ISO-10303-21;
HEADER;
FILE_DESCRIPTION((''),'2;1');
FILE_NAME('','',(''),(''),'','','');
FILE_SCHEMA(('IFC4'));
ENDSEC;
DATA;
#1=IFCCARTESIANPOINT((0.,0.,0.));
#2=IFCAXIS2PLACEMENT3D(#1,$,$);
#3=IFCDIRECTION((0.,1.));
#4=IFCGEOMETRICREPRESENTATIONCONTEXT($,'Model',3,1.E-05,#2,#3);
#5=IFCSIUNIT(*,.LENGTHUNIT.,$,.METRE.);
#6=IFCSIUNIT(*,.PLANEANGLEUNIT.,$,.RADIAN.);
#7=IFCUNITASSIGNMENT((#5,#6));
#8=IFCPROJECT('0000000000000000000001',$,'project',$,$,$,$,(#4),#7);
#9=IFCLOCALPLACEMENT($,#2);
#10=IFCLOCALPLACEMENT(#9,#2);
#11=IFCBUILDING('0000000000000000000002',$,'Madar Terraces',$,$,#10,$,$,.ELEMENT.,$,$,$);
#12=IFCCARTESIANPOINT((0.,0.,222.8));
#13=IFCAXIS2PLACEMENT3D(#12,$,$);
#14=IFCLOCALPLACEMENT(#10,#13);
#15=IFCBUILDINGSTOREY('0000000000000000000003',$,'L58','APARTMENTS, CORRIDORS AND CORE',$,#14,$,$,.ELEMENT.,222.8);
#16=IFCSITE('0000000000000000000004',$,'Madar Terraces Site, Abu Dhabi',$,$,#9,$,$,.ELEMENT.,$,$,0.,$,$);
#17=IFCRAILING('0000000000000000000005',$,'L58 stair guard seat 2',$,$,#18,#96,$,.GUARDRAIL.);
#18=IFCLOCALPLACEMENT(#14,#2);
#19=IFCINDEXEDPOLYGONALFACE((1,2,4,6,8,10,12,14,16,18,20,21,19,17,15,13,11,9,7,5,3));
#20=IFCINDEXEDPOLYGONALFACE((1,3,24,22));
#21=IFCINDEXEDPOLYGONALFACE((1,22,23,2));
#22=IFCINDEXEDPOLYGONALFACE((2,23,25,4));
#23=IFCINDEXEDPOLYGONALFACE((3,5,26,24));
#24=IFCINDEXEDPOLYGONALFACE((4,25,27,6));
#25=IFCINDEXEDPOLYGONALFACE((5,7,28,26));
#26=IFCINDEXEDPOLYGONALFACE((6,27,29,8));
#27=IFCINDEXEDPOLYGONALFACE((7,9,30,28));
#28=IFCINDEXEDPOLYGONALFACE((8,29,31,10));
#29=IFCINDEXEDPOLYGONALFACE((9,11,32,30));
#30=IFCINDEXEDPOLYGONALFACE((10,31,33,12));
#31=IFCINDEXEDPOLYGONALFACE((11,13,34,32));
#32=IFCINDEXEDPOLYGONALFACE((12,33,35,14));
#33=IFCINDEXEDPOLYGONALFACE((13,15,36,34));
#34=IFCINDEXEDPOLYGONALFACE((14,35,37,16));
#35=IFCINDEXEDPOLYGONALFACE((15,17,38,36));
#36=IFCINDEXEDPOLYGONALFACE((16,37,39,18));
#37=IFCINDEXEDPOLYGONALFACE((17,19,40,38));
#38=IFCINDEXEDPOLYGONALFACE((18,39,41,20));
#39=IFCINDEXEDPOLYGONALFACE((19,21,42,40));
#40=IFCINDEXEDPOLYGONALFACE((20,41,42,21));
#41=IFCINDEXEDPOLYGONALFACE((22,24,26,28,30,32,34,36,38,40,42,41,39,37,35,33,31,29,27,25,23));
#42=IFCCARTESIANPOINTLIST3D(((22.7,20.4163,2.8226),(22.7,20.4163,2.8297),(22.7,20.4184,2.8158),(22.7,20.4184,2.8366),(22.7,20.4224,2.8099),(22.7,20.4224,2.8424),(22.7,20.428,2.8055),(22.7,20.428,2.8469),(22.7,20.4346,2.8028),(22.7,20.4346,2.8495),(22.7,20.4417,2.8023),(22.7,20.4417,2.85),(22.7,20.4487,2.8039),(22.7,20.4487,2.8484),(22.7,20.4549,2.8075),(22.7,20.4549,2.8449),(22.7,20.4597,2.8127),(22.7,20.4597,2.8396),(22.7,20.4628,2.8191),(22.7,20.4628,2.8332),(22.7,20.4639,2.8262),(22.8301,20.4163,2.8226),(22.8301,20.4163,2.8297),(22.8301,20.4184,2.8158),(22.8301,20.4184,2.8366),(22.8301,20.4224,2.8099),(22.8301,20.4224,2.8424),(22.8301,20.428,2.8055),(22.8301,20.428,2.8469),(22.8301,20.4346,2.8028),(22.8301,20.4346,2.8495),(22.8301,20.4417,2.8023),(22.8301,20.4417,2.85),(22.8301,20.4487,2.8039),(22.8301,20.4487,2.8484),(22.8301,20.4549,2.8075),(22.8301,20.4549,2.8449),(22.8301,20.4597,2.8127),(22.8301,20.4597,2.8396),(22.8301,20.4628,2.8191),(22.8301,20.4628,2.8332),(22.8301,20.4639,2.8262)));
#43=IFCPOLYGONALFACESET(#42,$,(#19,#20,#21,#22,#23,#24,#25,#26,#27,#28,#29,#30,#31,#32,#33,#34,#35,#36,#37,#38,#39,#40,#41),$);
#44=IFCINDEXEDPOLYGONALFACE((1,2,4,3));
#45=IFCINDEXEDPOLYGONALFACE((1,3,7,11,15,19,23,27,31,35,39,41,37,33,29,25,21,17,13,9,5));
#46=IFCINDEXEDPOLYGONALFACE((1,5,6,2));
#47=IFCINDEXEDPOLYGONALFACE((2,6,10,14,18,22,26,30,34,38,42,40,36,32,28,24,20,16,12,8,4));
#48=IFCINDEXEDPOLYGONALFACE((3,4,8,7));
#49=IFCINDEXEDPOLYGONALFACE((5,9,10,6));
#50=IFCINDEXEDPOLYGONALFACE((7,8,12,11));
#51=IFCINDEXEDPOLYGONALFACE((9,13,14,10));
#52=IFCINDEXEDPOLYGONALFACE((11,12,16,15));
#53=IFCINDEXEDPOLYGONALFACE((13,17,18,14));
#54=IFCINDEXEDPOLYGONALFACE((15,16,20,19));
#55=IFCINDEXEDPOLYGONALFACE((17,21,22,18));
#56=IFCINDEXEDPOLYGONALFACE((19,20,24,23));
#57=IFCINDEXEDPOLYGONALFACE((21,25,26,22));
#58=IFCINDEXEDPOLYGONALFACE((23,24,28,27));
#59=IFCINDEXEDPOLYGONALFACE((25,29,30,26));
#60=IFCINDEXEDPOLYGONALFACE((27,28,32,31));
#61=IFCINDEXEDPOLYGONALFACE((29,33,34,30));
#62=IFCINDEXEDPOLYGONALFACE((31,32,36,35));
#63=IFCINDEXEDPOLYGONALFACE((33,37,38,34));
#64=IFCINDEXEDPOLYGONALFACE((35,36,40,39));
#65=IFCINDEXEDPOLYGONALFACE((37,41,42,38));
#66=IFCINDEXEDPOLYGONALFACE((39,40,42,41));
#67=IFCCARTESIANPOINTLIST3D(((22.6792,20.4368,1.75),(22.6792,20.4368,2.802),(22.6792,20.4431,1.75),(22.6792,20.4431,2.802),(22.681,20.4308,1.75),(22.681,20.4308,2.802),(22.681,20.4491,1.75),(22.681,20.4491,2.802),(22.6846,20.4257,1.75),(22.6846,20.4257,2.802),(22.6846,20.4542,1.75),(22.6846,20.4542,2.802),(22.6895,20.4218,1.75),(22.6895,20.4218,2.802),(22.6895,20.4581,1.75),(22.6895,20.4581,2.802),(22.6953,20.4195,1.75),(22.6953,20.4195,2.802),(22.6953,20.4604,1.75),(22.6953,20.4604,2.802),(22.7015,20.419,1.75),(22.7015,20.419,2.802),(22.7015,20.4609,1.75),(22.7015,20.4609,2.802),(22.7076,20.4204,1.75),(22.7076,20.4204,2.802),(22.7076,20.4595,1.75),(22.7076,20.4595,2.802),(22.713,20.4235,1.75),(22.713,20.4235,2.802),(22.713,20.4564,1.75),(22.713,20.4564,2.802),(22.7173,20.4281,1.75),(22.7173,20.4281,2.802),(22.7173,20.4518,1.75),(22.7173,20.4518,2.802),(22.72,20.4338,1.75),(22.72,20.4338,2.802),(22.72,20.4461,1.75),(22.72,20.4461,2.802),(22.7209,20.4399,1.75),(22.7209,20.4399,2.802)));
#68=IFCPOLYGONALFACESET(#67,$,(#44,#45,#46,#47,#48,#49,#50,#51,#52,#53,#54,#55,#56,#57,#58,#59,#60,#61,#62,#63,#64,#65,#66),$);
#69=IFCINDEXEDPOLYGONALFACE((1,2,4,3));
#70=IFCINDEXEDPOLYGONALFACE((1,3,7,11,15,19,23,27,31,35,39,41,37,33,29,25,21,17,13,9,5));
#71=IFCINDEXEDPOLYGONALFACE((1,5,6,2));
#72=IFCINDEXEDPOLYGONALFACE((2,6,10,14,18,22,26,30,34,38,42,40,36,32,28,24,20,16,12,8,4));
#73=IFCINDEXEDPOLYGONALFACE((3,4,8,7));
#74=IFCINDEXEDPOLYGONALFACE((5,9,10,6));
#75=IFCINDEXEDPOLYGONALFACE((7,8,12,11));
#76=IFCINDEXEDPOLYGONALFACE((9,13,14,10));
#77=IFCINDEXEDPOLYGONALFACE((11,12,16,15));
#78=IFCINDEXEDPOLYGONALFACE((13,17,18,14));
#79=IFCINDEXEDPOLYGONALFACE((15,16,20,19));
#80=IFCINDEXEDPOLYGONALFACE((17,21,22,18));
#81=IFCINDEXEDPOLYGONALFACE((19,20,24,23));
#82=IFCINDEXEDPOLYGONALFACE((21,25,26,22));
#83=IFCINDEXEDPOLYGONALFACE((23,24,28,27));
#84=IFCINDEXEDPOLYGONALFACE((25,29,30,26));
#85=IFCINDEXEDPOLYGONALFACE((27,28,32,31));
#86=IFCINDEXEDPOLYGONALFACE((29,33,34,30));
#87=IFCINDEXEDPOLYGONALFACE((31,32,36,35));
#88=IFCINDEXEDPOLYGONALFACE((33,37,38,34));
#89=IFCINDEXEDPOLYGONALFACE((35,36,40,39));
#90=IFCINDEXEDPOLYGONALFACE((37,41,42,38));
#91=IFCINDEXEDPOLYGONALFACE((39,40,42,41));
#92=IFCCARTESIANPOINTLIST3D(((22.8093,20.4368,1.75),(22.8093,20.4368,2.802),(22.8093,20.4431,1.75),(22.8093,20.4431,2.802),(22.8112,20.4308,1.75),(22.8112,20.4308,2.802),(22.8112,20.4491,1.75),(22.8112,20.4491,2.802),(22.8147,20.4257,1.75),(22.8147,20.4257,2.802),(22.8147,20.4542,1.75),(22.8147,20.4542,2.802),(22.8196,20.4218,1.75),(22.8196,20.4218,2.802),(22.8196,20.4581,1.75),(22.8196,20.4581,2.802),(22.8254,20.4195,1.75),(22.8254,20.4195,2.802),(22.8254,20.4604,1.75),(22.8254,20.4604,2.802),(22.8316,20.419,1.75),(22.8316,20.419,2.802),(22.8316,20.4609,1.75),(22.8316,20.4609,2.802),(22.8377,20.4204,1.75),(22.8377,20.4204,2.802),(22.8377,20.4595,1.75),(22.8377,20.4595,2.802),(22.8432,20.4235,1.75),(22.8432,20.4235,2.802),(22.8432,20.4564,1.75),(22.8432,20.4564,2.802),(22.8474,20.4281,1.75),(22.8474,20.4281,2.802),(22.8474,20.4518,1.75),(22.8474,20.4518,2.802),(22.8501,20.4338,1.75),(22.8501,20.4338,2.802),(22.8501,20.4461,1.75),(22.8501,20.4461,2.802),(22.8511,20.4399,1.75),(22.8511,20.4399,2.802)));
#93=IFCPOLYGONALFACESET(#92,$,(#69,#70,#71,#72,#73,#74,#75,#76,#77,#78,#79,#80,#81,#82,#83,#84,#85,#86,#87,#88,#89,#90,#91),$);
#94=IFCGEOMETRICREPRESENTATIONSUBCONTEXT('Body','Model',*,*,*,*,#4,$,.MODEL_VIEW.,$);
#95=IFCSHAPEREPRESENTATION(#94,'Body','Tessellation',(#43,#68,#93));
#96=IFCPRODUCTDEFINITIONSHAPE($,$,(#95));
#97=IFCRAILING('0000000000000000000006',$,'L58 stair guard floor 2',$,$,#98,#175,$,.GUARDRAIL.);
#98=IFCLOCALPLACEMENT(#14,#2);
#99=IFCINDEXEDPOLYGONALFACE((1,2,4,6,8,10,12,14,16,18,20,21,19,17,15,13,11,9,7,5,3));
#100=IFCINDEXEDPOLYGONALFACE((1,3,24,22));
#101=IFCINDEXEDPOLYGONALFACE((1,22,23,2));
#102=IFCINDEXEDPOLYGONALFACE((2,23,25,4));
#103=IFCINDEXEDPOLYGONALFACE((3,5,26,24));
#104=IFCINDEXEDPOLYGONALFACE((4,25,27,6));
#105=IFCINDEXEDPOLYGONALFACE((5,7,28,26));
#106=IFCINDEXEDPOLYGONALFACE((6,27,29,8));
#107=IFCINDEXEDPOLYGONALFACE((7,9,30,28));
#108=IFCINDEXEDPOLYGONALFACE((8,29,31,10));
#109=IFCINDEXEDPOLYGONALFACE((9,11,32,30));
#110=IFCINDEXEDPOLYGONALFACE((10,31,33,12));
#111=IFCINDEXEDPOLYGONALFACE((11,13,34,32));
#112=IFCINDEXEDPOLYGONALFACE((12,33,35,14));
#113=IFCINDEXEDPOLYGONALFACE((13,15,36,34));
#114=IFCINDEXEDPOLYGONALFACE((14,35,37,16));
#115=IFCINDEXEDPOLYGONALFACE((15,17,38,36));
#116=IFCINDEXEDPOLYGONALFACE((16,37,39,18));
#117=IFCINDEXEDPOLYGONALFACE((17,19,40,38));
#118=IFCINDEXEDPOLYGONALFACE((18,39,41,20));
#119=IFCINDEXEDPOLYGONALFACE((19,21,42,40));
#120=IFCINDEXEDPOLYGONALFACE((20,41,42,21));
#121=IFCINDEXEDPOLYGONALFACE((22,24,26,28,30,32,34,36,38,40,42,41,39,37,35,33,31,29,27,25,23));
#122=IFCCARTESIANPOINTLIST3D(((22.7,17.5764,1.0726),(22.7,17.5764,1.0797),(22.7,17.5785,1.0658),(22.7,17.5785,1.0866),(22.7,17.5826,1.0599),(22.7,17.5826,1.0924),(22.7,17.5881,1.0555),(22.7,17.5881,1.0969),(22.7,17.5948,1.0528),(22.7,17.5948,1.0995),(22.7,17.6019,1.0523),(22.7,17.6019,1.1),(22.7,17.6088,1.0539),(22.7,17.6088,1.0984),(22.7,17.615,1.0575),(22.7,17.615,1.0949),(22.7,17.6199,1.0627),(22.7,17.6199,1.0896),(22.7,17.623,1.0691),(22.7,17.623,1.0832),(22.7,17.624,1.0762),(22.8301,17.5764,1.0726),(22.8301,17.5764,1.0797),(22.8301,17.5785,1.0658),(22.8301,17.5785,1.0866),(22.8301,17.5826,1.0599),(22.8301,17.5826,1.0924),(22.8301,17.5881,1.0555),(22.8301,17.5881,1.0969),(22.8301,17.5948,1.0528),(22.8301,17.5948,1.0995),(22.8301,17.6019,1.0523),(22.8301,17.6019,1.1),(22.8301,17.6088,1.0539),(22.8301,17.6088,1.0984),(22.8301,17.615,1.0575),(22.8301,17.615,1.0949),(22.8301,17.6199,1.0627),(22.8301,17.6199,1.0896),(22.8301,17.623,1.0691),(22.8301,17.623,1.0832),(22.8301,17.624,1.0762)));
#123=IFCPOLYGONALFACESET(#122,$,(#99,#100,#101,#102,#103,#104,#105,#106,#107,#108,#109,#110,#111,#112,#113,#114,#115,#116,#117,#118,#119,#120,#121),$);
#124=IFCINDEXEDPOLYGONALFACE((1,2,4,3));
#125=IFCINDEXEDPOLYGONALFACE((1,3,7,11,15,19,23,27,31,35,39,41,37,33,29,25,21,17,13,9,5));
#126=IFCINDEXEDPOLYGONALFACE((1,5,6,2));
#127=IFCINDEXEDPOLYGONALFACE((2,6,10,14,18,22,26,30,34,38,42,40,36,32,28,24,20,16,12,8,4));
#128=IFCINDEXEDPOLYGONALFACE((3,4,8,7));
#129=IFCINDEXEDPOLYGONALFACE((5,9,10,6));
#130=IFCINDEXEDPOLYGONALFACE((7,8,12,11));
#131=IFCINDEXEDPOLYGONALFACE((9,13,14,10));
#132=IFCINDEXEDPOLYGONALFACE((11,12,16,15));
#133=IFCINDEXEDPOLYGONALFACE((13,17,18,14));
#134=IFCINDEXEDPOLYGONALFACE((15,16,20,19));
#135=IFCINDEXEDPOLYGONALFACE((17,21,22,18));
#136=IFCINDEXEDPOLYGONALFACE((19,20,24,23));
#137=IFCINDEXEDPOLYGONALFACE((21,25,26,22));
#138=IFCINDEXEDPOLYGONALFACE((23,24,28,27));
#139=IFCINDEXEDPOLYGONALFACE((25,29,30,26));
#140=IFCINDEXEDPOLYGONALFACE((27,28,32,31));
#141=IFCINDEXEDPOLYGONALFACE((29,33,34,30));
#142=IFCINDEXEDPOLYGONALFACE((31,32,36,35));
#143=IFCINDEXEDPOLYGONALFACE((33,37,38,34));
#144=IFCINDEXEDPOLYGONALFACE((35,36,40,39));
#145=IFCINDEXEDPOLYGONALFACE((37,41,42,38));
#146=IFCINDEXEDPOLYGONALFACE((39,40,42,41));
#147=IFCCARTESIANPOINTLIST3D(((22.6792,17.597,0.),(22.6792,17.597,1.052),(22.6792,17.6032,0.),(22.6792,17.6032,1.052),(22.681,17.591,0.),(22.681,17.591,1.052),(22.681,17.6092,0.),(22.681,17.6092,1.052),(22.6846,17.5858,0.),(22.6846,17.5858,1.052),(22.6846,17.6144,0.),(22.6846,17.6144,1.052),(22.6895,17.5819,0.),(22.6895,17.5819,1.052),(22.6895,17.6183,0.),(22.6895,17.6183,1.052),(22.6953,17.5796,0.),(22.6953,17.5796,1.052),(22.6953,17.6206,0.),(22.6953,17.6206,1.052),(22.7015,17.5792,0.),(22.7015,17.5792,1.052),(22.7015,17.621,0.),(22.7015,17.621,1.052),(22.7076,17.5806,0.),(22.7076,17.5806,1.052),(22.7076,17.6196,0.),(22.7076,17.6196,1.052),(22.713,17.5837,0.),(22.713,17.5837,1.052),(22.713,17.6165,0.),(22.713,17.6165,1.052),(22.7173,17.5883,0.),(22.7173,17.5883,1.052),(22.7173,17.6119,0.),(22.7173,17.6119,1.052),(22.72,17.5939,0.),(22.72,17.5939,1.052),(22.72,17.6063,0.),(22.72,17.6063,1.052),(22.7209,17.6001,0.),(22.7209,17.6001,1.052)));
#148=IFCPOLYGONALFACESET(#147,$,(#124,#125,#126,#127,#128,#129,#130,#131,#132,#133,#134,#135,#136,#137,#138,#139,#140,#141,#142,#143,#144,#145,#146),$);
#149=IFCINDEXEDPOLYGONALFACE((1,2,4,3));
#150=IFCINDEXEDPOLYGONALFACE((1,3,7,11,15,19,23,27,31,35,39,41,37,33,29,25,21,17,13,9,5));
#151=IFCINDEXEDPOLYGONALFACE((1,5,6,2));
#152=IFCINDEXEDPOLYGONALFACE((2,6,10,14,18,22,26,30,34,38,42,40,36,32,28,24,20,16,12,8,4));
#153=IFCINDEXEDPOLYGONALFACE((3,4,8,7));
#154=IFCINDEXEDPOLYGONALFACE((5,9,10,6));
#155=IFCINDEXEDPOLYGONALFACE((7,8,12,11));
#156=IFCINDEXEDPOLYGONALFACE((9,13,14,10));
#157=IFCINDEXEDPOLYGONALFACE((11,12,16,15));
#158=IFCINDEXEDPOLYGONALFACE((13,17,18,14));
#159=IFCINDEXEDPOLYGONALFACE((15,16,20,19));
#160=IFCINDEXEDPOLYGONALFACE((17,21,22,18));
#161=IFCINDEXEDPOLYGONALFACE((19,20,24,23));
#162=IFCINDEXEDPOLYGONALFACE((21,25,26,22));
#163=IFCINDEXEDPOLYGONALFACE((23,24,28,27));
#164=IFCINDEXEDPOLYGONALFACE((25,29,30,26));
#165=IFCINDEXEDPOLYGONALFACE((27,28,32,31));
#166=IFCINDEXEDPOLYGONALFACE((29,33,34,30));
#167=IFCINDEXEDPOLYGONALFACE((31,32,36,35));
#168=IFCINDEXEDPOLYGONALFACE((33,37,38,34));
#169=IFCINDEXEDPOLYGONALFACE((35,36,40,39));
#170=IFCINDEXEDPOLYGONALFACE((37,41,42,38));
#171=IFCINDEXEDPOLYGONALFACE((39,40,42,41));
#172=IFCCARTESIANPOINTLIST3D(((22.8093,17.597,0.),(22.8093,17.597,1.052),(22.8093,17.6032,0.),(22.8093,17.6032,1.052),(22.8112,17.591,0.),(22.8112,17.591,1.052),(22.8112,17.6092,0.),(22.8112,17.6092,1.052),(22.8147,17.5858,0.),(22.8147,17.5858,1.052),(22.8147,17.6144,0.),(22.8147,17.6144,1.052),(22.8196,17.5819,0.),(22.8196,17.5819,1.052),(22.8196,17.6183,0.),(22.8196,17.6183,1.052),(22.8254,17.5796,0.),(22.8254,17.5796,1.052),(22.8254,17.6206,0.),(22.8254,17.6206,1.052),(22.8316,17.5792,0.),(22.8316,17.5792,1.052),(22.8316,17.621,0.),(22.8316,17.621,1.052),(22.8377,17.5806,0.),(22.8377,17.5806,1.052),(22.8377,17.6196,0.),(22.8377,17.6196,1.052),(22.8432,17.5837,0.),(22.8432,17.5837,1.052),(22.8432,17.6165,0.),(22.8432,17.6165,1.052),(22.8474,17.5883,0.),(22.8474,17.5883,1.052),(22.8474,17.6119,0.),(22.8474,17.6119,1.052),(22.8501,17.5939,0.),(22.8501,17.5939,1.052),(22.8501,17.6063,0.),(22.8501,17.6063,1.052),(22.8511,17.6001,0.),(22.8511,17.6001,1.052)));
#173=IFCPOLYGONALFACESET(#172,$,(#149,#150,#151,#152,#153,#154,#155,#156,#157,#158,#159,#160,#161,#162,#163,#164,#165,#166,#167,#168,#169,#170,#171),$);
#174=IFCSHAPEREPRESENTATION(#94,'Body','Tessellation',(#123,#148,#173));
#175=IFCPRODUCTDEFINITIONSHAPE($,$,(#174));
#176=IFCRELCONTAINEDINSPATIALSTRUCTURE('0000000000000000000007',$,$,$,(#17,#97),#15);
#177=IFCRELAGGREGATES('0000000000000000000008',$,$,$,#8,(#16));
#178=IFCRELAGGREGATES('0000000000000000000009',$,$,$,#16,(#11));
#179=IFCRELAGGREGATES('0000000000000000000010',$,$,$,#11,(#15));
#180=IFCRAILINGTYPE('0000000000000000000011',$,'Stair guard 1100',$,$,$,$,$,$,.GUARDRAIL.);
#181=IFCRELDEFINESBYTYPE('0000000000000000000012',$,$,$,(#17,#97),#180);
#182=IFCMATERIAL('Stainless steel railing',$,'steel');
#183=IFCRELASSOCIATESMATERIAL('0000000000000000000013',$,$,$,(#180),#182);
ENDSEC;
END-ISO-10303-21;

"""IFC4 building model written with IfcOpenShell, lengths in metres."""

from ifc_helpers import new_model, si_unit, direction, frame, origin, origin_2d, place, context, subcontext, project, spatial, circle, extrude, material, type_object, element, save


model = new_model("IFC4")

# Units and contexts
model_context = context("Model", 3, precision=1e-05, world=origin(), true_north=direction((0.0, 1.0)))
body_context = subcontext(model_context, "Body", "Model", "MODEL_VIEW")
ifc_project = project(units=[si_unit("LENGTHUNIT", "METRE"), si_unit("PLANEANGLEUNIT", "RADIAN")], contexts=[model_context])

# Site, building, storey
site_placement = place(None, origin())
site = spatial("IfcSite", under=ifc_project, at=site_placement, Name="Madar Terraces Site, Abu Dhabi", CompositionType="ELEMENT", RefElevation=0.0)
building_placement = place(site_placement, origin())
building = spatial("IfcBuilding", under=site, at=building_placement, Name="Madar Terraces", CompositionType="ELEMENT")
storey_placement = place(building_placement, frame((0.0, 0.0, 222.8)))
storey = spatial("IfcBuildingStorey", under=building, at=storey_placement, Name="L58", Description="APARTMENTS, CORRIDORS AND CORE", CompositionType="ELEMENT", Elevation=222.8)

# Railings
ifc_material_1 = material(Name="Stainless steel railing", Category="steel")
railing_type_1 = type_object("IfcRailingType", Name="Stair guard 1100", PredefinedType="GUARDRAIL", material=ifc_material_1)
for number, where, name in (
    (1, (22.7, 20.4399, 1.75), "L58 stair guard seat 2"),
    (2, (22.7, 17.6001, 0.0), "L58 stair guard floor 2"),
):
    element("IfcRailing", number, at=place(storey_placement, frame(where)), inside=storey, type_object=railing_type_1, Name=name, PredefinedType="GUARDRAIL", context=body_context, shape_type="SweptSolid", body=[
        extrude(circle(Radius=0.0239, at=origin_2d()), frame((0.0, 0.0, 1.0762), z_axis=(1.0, 0.0, 0.0), x_axis=(0.0, 1.0, 0.0)), (0.0, 0.0, 1.0), 0.1301),
        extrude(circle(Radius=0.021, at=origin_2d()), origin(), (0.0, 0.0, 1.0), 1.052),
        extrude(circle(Radius=0.021, at=origin_2d()), frame((0.1301, 0.0, 0.0)), (0.0, 0.0, 1.0), 1.052),
    ])

save(model, "model.ifc")
